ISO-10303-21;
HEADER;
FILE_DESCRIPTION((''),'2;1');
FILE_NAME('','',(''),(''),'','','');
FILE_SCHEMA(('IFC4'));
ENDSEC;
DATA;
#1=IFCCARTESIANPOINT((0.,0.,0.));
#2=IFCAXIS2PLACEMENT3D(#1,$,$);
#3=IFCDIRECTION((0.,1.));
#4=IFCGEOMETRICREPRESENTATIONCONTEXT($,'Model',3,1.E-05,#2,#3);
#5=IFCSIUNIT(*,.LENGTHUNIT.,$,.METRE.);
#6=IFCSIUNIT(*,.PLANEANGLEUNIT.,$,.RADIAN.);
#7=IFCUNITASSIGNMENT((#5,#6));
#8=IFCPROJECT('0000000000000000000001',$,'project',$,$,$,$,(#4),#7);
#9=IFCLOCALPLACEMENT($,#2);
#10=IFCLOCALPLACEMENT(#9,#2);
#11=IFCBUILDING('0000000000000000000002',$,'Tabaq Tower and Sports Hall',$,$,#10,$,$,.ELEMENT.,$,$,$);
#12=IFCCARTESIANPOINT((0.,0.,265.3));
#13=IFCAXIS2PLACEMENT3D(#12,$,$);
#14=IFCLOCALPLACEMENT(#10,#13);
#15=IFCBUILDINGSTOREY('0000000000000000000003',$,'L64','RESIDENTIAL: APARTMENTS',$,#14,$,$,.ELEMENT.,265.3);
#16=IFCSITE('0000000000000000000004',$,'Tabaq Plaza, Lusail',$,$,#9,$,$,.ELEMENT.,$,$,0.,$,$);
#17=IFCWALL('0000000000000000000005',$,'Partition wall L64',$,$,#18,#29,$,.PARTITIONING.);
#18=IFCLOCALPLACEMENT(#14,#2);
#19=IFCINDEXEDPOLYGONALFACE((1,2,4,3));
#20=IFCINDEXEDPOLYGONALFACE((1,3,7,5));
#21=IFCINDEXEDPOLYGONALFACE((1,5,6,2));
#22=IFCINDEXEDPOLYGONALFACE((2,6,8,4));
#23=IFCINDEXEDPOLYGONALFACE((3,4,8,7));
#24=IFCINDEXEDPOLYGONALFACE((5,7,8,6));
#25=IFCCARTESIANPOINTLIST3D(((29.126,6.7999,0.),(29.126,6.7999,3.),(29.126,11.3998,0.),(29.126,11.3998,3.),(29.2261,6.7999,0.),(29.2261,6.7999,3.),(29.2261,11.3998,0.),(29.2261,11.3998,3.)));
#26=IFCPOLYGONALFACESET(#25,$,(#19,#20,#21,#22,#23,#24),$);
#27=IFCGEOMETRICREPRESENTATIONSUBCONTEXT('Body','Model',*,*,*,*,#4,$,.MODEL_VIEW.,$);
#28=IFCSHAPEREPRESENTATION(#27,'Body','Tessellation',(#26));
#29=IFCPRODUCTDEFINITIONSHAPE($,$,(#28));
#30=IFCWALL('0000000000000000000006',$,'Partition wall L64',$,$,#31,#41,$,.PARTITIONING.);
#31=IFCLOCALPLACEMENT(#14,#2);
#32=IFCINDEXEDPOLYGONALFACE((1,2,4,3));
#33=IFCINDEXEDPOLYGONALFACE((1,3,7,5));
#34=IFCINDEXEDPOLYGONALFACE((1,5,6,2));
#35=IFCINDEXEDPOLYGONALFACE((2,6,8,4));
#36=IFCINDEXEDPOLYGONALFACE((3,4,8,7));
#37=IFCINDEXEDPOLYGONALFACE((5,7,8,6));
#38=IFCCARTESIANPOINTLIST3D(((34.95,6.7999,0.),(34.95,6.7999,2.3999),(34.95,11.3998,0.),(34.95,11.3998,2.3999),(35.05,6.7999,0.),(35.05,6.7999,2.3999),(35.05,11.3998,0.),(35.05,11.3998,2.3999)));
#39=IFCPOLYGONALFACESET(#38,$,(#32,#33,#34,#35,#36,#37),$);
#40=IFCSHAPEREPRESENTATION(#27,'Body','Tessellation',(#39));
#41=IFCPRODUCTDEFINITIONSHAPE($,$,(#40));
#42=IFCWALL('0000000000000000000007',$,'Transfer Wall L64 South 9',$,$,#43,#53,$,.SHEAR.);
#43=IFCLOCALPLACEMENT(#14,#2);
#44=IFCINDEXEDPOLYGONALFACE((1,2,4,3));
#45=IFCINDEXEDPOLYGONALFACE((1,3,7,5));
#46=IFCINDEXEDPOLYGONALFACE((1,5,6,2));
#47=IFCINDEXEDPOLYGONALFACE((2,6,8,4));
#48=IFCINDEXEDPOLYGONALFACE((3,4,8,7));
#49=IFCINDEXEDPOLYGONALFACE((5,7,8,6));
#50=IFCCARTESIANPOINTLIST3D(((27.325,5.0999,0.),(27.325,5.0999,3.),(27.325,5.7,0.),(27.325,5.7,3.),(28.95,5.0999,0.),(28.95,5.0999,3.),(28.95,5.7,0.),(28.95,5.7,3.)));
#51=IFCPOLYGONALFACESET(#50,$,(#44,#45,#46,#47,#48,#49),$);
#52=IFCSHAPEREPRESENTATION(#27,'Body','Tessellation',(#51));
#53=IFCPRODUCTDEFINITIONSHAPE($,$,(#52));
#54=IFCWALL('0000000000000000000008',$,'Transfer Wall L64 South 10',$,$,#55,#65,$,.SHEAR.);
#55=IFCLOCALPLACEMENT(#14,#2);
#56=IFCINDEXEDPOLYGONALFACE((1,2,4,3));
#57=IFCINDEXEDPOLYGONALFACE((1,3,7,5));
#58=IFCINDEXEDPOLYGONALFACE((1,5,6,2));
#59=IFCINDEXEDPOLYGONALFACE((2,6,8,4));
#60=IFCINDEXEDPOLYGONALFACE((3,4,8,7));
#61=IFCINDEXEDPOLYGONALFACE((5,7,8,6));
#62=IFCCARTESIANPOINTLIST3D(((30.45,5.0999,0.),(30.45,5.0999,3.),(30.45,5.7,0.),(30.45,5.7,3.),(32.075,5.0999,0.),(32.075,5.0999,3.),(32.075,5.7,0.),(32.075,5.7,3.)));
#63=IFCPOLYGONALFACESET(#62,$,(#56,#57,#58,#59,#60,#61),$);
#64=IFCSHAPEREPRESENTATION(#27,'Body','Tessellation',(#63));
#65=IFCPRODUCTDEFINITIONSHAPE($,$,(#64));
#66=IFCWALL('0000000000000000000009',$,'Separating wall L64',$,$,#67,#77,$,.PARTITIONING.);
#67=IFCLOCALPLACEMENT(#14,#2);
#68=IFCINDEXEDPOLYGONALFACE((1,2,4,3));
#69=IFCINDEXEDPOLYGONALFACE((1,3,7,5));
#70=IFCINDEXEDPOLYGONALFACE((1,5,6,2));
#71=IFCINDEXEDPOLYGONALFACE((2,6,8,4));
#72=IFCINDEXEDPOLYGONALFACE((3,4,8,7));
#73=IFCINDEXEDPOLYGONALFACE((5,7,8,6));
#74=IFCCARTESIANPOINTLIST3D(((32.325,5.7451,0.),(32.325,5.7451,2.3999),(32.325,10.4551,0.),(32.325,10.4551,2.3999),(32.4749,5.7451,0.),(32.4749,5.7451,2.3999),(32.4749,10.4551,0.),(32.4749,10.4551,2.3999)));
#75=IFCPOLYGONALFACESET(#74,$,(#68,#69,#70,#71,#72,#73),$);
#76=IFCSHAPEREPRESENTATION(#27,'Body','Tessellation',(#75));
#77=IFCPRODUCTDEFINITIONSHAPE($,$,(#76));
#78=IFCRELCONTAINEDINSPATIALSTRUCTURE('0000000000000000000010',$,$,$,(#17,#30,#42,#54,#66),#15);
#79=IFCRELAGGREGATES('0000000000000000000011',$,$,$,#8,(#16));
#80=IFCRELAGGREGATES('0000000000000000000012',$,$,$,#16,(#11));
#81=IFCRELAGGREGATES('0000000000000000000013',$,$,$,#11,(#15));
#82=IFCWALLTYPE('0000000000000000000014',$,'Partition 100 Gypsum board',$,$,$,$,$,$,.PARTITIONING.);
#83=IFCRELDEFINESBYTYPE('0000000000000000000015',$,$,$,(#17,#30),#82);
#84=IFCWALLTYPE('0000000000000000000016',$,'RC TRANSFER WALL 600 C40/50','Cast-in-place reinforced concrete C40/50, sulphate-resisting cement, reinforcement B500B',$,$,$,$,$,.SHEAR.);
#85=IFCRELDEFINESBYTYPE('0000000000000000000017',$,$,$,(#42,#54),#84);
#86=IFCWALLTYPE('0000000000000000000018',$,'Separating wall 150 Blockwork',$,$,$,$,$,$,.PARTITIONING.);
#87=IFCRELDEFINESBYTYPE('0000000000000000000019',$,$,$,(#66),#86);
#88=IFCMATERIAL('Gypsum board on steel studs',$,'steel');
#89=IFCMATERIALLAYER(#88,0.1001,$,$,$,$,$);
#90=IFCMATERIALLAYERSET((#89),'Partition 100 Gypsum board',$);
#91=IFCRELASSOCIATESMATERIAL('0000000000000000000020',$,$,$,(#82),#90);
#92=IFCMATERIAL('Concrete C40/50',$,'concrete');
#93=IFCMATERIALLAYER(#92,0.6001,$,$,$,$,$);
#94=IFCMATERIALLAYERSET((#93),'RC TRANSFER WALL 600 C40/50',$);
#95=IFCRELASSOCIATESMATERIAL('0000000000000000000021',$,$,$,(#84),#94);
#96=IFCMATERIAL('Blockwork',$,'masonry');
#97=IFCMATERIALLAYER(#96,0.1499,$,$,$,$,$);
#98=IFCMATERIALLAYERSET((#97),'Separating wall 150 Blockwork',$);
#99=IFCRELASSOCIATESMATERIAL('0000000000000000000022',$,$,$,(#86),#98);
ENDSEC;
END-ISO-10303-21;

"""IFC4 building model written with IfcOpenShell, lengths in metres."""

from ifc_helpers import new_model, si_unit, direction, frame, frame_2d, origin, place, context, subcontext, project, spatial, rectangle, extrude, material, layer, layer_set, type_object, element, save


model = new_model("IFC4")

# Units and contexts
model_context = context("Model", 3, precision=1e-05, world=origin(), true_north=direction((0.0, 1.0)))
body_context = subcontext(model_context, "Body", "Model", "MODEL_VIEW")
ifc_project = project(units=[si_unit("LENGTHUNIT", "METRE"), si_unit("PLANEANGLEUNIT", "RADIAN")], contexts=[model_context])

# Site, building, storey
site_placement = place(None, origin())
site = spatial("IfcSite", under=ifc_project, at=site_placement, Name="Tabaq Plaza, Lusail", CompositionType="ELEMENT", RefElevation=0.0)
building_placement = place(site_placement, origin())
building = spatial("IfcBuilding", under=site, at=building_placement, Name="Tabaq Tower and Sports Hall", CompositionType="ELEMENT")
storey_placement = place(building_placement, frame((0.0, 0.0, 265.3)))
storey = spatial("IfcBuildingStorey", under=building, at=storey_placement, Name="L64", Description="RESIDENTIAL: APARTMENTS", CompositionType="ELEMENT", Elevation=265.3)

# Shared definitions
ifc_material_1 = material(Name="Gypsum board on steel studs", Category="steel")
ifc_layer_1 = layer(ifc_material_1, 0.1001)
ifc_layer_set_1 = layer_set([ifc_layer_1], Name="Partition 100 Gypsum board")
wall_type_1 = type_object("IfcWallType", Name="Partition 100 Gypsum board", PredefinedType="PARTITIONING", material=ifc_layer_set_1)

# Walls
wall_1_placement = place(storey_placement, frame((29.176, 6.8, 0.0), z_axis=(0.0, 0.0, 1.0), x_axis=(0.0, 1.0, 0.0)))
element("IfcWall", 1, at=wall_1_placement, inside=storey, type_object=wall_type_1, Name="Partition wall L64", PredefinedType="PARTITIONING", context=body_context, shape_type="SweptSolid", body=[
    extrude(rectangle(XDim=4.5999, YDim=0.1001, at=frame_2d((2.2998, 0.0))), origin(), (0.0, 0.0, 1.0), 3.0),
])
wall_2_placement = place(storey_placement, frame((35.0, 6.8, 0.0), z_axis=(0.0, 0.0, 1.0), x_axis=(0.0, 1.0, 0.0)))
element("IfcWall", 2, at=wall_2_placement, inside=storey, type_object=wall_type_1, Name="Partition wall L64", PredefinedType="PARTITIONING", context=body_context, shape_type="SweptSolid", body=[
    extrude(rectangle(XDim=4.5999, YDim=0.1001, at=frame_2d((2.2998, 0.0))), origin(), (0.0, 0.0, 1.0), 2.3999),
])
ifc_material_2 = material(Name="Concrete C40/50", Category="concrete")
ifc_layer_2 = layer(ifc_material_2, 0.6001)
ifc_layer_set_2 = layer_set([ifc_layer_2], Name="RC TRANSFER WALL 600 C40/50")
wall_type_2 = type_object("IfcWallType", Name="RC TRANSFER WALL 600 C40/50", Description="Cast-in-place reinforced concrete C40/50, sulphate-resisting cement, reinforcement B500B", PredefinedType="SHEAR", material=ifc_layer_set_2)
for number, where, z_axis, x_axis, name in (
    (3, (27.325, 5.3999, 0.0), (0.0, 0.0, 1.0), (1.0, 0.0, 0.0), "Transfer Wall L64 South 9"),
    (4, (30.45, 5.3999, 0.0), (0.0, 0.0, 1.0), (1.0, 0.0, 0.0), "Transfer Wall L64 South 10"),
):
    element("IfcWall", number, at=place(storey_placement, frame(where, z_axis=z_axis, x_axis=x_axis)), inside=storey, type_object=wall_type_2, Name=name, PredefinedType="SHEAR", context=body_context, shape_type="SweptSolid", body=[
        extrude(rectangle(XDim=1.625, YDim=0.6001, at=frame_2d((0.8125, 0.0))), origin(), (0.0, 0.0, 1.0), 3.0),
    ])
ifc_material_3 = material(Name="Blockwork", Category="masonry")
ifc_layer_3 = layer(ifc_material_3, 0.1499)
ifc_layer_set_3 = layer_set([ifc_layer_3], Name="Separating wall 150 Blockwork")
wall_type_3 = type_object("IfcWallType", Name="Separating wall 150 Blockwork", PredefinedType="PARTITIONING", material=ifc_layer_set_3)
wall_3_placement = place(storey_placement, frame((32.3999, 5.7451, 0.0), z_axis=(0.0, 0.0, 1.0), x_axis=(0.0, 1.0, 0.0)))
element("IfcWall", 5, at=wall_3_placement, inside=storey, type_object=wall_type_3, Name="Separating wall L64", PredefinedType="PARTITIONING", context=body_context, shape_type="SweptSolid", body=[
    extrude(rectangle(XDim=4.71, YDim=0.1499, at=frame_2d((2.355, 0.0))), origin(), (0.0, 0.0, 1.0), 2.3999),
])

save(model, "model.ifc")
